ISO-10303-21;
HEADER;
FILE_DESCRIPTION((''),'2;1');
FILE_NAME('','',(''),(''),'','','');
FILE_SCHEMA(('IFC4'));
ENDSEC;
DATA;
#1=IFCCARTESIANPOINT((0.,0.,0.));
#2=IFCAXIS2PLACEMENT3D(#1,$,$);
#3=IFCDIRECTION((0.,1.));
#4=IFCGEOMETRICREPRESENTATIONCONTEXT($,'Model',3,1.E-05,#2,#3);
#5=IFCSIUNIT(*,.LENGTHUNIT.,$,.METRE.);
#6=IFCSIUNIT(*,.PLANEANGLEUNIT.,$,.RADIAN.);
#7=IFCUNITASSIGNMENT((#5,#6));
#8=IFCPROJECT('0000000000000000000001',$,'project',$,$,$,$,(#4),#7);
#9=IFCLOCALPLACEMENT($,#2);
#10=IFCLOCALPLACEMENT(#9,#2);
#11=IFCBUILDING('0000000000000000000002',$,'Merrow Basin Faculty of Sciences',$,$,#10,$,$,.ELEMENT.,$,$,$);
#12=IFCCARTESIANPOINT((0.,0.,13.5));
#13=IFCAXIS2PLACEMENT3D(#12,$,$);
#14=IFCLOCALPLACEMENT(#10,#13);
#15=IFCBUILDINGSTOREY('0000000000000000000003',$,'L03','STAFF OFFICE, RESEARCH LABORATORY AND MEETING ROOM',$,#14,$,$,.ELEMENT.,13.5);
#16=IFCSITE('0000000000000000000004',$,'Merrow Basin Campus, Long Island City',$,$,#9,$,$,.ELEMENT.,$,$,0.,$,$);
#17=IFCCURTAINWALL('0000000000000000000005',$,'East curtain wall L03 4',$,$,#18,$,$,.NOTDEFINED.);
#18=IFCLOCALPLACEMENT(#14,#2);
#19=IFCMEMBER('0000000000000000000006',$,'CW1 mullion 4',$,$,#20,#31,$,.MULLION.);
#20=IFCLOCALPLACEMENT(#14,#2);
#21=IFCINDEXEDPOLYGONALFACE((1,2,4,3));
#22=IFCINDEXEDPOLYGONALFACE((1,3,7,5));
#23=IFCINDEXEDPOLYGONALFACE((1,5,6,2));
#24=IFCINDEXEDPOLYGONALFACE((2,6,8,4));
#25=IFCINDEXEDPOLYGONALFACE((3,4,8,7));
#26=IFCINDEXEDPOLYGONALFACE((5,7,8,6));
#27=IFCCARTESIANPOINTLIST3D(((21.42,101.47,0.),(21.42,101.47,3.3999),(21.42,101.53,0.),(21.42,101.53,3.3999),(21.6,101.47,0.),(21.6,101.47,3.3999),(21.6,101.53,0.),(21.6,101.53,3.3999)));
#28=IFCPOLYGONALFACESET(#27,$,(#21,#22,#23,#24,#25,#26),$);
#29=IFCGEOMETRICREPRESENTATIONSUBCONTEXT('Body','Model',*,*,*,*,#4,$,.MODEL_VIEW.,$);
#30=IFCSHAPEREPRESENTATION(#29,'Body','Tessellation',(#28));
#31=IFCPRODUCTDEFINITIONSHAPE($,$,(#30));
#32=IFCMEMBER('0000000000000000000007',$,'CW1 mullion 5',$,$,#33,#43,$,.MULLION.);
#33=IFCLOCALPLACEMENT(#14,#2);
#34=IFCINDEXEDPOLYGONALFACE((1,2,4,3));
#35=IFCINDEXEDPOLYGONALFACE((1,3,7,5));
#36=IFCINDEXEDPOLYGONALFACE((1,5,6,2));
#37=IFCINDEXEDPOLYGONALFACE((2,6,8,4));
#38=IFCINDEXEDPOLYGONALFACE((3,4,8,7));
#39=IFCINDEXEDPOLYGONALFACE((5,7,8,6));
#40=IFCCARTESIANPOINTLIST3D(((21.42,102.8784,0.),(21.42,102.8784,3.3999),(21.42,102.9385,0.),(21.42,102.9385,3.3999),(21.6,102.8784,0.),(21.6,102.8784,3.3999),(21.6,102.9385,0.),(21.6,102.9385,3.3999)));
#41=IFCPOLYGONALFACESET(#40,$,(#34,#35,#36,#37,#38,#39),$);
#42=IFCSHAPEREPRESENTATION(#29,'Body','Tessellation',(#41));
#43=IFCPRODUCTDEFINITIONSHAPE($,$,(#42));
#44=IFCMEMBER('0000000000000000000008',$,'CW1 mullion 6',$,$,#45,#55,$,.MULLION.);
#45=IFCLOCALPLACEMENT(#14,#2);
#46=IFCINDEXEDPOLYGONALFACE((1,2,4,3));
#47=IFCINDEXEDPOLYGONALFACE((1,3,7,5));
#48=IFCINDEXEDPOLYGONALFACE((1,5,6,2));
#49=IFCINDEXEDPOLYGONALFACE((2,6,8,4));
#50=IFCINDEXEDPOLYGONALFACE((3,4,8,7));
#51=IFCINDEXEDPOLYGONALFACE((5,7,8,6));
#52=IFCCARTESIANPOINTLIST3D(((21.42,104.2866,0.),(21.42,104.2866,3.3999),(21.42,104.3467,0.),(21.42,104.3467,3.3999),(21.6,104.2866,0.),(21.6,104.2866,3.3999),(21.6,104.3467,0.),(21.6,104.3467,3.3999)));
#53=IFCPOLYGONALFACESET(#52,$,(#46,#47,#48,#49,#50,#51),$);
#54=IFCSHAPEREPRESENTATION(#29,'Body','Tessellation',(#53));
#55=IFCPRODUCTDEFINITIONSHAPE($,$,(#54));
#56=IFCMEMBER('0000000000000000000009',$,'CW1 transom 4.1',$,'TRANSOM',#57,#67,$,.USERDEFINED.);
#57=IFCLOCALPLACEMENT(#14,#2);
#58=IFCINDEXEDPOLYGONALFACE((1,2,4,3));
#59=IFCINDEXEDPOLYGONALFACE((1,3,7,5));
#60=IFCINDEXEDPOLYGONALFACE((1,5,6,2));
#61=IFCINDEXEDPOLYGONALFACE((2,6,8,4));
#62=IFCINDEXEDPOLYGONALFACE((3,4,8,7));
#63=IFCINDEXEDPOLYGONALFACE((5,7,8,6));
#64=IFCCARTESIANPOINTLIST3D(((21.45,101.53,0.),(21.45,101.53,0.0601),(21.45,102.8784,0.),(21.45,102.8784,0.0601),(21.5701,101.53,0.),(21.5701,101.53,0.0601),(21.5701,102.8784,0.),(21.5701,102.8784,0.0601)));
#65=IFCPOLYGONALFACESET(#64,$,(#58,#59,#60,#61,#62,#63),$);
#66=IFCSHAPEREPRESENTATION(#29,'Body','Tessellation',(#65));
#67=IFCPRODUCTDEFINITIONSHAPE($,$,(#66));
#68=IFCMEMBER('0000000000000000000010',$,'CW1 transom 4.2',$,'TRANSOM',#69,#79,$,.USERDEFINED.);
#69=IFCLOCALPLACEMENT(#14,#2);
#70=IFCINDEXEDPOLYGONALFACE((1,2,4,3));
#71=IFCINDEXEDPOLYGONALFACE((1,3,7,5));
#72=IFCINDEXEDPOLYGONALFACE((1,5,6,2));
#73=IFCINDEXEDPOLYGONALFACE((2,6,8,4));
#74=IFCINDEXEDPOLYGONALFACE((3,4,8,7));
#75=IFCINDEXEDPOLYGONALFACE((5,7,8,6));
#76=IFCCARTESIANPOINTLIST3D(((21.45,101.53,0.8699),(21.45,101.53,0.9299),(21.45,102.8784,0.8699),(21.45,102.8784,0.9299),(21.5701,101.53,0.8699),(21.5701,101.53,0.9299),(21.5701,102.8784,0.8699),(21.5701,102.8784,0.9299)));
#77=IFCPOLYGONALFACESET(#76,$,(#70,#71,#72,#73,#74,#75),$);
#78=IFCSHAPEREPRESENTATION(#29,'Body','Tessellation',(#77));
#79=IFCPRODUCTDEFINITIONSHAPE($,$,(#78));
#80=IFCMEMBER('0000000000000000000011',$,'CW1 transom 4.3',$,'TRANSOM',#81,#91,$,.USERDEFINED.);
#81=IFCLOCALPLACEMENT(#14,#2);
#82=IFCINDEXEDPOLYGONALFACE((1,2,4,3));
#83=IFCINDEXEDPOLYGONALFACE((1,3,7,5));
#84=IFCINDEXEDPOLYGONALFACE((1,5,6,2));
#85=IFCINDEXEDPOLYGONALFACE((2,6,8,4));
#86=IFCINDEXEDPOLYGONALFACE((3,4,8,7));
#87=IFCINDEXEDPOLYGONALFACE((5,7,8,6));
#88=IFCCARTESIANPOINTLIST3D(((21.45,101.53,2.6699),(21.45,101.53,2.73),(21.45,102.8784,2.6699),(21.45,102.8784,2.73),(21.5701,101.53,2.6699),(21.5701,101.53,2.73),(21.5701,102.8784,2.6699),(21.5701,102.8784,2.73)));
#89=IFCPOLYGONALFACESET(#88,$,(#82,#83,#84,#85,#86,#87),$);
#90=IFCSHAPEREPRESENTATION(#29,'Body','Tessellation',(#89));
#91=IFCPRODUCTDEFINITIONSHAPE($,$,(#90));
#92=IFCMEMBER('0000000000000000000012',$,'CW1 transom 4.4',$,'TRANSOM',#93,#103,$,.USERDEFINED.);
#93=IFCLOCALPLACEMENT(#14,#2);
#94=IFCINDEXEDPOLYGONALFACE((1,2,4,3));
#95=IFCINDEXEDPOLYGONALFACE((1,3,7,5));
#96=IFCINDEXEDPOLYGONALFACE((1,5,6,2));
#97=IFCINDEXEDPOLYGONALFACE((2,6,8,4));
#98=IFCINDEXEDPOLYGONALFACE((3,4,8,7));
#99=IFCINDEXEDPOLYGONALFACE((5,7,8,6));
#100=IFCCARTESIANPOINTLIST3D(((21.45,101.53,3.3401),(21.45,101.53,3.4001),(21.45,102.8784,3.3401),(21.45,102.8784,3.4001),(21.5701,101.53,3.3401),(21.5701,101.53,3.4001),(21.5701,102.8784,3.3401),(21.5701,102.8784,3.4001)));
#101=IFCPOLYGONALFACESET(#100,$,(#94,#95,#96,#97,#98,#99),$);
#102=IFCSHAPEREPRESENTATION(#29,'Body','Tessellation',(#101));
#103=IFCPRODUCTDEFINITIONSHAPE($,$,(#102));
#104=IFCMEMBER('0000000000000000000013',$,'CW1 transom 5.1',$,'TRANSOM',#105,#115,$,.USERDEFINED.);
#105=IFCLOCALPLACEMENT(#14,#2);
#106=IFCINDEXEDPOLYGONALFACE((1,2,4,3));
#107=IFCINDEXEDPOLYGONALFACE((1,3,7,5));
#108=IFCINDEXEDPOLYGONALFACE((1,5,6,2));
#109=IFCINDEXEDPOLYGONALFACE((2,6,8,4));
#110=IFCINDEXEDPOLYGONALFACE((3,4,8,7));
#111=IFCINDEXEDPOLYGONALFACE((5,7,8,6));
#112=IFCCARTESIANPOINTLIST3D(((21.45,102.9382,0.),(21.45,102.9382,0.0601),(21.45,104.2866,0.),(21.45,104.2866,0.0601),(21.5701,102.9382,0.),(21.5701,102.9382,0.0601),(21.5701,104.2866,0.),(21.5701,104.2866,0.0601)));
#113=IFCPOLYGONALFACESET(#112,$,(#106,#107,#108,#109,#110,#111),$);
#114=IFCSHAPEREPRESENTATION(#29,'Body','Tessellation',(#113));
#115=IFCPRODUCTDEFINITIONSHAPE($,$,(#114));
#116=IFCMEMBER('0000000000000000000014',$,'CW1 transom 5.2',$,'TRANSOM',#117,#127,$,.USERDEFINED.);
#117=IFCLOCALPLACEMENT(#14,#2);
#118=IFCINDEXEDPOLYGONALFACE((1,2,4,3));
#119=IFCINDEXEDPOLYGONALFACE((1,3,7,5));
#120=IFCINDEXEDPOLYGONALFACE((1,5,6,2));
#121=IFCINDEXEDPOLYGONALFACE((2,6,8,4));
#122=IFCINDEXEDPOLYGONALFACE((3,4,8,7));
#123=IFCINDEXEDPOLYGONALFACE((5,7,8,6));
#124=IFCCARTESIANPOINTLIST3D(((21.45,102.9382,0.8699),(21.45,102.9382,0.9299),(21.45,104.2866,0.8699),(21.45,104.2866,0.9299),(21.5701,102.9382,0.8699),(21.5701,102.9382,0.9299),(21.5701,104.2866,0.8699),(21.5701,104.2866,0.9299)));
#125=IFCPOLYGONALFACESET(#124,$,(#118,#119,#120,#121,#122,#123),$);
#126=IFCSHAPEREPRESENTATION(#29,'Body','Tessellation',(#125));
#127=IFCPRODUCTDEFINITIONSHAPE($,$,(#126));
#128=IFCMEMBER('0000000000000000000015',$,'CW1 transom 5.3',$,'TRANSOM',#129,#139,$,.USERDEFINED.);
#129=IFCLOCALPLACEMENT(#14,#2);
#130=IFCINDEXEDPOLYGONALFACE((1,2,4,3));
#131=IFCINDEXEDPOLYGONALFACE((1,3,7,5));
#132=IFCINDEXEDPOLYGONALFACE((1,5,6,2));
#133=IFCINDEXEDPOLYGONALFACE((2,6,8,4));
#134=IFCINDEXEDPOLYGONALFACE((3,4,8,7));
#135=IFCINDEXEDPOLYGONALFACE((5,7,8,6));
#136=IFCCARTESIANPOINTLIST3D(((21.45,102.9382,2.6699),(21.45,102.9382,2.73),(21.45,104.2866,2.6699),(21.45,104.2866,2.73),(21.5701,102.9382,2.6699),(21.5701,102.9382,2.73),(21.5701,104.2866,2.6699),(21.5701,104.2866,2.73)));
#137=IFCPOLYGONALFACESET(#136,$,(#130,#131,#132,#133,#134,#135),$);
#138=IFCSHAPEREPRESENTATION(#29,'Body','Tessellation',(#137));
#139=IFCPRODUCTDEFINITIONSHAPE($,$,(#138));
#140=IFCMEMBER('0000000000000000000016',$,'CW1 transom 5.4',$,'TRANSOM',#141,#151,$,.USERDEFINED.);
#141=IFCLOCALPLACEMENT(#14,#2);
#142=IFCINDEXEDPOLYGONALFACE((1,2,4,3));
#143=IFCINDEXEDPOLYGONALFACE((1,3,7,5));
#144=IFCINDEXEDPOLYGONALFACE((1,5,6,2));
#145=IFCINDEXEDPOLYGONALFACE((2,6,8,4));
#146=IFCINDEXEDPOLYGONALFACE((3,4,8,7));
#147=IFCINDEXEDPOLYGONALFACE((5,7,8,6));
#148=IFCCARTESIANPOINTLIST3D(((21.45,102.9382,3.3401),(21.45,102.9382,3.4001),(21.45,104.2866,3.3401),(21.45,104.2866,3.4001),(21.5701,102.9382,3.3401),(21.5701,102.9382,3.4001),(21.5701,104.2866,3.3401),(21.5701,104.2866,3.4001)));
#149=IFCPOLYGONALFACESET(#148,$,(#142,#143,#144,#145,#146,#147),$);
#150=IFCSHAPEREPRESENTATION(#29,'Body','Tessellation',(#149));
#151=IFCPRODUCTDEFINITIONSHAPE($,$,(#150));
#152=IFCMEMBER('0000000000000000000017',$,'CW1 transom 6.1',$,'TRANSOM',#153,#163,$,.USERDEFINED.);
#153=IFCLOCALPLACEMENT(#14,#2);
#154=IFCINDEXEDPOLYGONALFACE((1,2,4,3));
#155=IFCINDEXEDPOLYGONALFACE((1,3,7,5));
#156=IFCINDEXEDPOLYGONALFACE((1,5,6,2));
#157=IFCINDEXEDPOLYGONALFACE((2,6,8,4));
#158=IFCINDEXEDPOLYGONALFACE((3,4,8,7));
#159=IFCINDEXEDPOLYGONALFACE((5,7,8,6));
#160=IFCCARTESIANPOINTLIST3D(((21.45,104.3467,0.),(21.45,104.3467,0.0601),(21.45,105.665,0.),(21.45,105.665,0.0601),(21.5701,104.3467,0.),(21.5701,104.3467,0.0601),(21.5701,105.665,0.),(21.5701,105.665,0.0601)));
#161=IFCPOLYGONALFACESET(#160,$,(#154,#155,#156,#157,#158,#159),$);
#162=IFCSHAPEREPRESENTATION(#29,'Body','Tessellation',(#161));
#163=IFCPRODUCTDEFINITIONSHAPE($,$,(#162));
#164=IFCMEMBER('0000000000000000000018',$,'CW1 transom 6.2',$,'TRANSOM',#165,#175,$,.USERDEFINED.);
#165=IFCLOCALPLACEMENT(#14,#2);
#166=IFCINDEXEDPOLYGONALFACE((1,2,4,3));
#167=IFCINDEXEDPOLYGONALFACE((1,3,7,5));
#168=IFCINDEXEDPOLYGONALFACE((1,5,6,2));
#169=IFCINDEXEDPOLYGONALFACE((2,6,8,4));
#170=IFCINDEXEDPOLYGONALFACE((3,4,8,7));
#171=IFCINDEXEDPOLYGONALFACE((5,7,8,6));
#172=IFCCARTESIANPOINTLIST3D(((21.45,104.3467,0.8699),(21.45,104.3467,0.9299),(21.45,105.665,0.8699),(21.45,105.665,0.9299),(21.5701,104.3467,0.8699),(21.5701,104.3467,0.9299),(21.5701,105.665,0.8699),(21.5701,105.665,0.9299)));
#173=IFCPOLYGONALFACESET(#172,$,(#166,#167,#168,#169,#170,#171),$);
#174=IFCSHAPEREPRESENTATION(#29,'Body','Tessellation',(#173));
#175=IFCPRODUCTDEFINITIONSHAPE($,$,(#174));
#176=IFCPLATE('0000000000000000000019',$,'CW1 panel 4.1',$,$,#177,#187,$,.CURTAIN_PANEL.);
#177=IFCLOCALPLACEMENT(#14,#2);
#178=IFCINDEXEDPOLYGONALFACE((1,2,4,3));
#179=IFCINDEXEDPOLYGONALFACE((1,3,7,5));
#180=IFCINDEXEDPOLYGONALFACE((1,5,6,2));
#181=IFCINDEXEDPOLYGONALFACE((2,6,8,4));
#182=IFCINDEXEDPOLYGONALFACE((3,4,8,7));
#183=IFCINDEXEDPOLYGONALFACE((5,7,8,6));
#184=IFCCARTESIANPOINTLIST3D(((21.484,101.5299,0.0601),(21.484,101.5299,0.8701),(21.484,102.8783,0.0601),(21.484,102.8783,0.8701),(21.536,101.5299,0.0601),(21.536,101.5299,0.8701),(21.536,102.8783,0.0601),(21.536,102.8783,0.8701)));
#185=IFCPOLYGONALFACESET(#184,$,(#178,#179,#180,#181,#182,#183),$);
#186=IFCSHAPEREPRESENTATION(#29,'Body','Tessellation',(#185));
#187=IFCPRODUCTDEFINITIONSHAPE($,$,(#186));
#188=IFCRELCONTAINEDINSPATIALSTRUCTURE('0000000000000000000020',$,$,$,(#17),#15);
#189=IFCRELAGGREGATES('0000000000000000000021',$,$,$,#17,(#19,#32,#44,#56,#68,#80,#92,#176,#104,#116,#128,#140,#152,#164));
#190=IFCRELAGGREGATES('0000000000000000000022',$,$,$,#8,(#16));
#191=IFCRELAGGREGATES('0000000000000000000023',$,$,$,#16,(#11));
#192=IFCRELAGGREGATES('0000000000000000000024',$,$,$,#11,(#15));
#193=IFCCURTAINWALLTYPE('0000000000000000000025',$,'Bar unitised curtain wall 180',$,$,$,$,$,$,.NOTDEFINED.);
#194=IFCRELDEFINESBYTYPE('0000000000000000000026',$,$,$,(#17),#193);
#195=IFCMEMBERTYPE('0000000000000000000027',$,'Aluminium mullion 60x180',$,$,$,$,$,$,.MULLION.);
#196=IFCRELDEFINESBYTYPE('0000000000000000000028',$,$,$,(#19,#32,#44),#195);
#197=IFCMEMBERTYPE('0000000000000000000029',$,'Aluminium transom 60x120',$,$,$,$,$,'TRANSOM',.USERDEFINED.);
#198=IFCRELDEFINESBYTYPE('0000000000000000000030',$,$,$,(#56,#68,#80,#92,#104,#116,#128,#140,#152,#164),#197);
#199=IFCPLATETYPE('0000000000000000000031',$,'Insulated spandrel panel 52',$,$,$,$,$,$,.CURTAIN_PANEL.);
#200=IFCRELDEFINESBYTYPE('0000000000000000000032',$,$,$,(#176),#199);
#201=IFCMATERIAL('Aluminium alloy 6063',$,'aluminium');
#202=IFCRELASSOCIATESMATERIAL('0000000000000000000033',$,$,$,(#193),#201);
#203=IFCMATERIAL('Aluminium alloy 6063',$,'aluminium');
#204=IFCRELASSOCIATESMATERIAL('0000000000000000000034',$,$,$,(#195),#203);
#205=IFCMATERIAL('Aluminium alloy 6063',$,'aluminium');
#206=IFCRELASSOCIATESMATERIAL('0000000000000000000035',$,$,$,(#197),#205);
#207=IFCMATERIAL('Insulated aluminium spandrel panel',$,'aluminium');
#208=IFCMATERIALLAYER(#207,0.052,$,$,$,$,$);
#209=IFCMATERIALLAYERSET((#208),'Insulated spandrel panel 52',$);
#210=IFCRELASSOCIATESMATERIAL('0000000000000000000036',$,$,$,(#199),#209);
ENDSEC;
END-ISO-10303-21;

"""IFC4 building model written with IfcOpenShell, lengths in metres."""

from ifc_helpers import new_model, si_unit, direction, frame, origin, origin_2d, place, context, subcontext, project, spatial, rectangle, extrude, material, layer, layer_set, material_profile, profile_set, type_object, element, aggregate, save


model = new_model("IFC4")

# Units and contexts
model_context = context("Model", 3, precision=1e-05, world=origin(), true_north=direction((0.0, 1.0)))
body_context = subcontext(model_context, "Body", "Model", "MODEL_VIEW")
ifc_project = project(units=[si_unit("LENGTHUNIT", "METRE"), si_unit("PLANEANGLEUNIT", "RADIAN")], contexts=[model_context])

# Site, building, storey
site_placement = place(None, origin())
site = spatial("IfcSite", under=ifc_project, at=site_placement, Name="Merrow Basin Campus, Long Island City", CompositionType="ELEMENT", RefElevation=0.0)
building_placement = place(site_placement, origin())
building = spatial("IfcBuilding", under=site, at=building_placement, Name="Merrow Basin Faculty of Sciences", CompositionType="ELEMENT")
storey_placement = place(building_placement, frame((0.0, 0.0, 13.5)))
storey = spatial("IfcBuildingStorey", under=building, at=storey_placement, Name="L03", Description="STAFF OFFICE, RESEARCH LABORATORY AND MEETING ROOM", CompositionType="ELEMENT", Elevation=13.5)

# Curtain wall, members, plate
ifc_material_1 = material(Name="Aluminium alloy 6063", Category="aluminium")
curtain_wall_type = type_object("IfcCurtainWallType", Name="Bar unitised curtain wall 180", PredefinedType="NOTDEFINED", material=ifc_material_1)
curtain_wall_placement = place(storey_placement, origin())
curtain_wall = element("IfcCurtainWall", 1, at=curtain_wall_placement, inside=storey, type_object=curtain_wall_type, Name="East curtain wall L03 4", PredefinedType="NOTDEFINED")
ifc_material_2 = material(Name="Aluminium alloy 6063", Category="aluminium")
ifc_material_profile_1 = material_profile(ifc_material_2, rectangle(XDim=0.1799, YDim=0.0601, at=origin_2d()))
ifc_profile_set_1 = profile_set([ifc_material_profile_1], Name="Aluminium alloy 6063")
member_type_1 = type_object("IfcMemberType", Name="Aluminium mullion 60x180", PredefinedType="MULLION", material=ifc_profile_set_1)
member_1_placement = place(storey_placement, frame((21.51, 101.5, 0.0), z_axis=(0.0, 0.0, 1.0), x_axis=(-1.0, 0.0, 0.0)))
member_1 = element("IfcMember", 2, at=member_1_placement, type_object=member_type_1, Name="CW1 mullion 4", PredefinedType="MULLION", context=body_context, shape_type="SweptSolid", body=[
    extrude(rectangle(XDim=0.1799, YDim=0.0601, at=origin_2d()), origin(), (0.0, 0.0, 1.0), 3.3999),
])
member_2_placement = place(storey_placement, frame((21.51, 102.9084, 0.0), z_axis=(0.0, 0.0, 1.0), x_axis=(-1.0, 0.0, 0.0)))
member_2 = element("IfcMember", 3, at=member_2_placement, type_object=member_type_1, Name="CW1 mullion 5", PredefinedType="MULLION", context=body_context, shape_type="SweptSolid", body=[
    extrude(rectangle(XDim=0.1799, YDim=0.0601, at=origin_2d()), origin(), (0.0, 0.0, 1.0), 3.3999),
])
member_3_placement = place(storey_placement, frame((21.51, 104.3167, 0.0), z_axis=(0.0, 0.0, 1.0), x_axis=(-1.0, 0.0, 0.0)))
member_3 = element("IfcMember", 4, at=member_3_placement, type_object=member_type_1, Name="CW1 mullion 6", PredefinedType="MULLION", context=body_context, shape_type="SweptSolid", body=[
    extrude(rectangle(XDim=0.1799, YDim=0.0601, at=origin_2d()), origin(), (0.0, 0.0, 1.0), 3.3999),
])
ifc_material_3 = material(Name="Aluminium alloy 6063", Category="aluminium")
ifc_material_profile_2 = material_profile(ifc_material_3, rectangle(XDim=0.1201, YDim=0.0601, at=origin_2d()))
ifc_profile_set_2 = profile_set([ifc_material_profile_2], Name="Aluminium alloy 6063")
member_type_2 = type_object("IfcMemberType", Name="Aluminium transom 60x120", ElementType="TRANSOM", PredefinedType="USERDEFINED", material=ifc_profile_set_2)
member_4_placement = place(storey_placement, frame((21.51, 101.53, 0.03), z_axis=(0.0, 1.0, 0.0), x_axis=(-1.0, 0.0, 0.0)))
member_4 = element("IfcMember", 5, at=member_4_placement, type_object=member_type_2, Name="CW1 transom 4.1", ObjectType="TRANSOM", PredefinedType="USERDEFINED", context=body_context, shape_type="SweptSolid", body=[
    extrude(rectangle(XDim=0.1201, YDim=0.0601, at=origin_2d()), origin(), (0.0, 0.0, 1.0), 1.3484),
])
member_5_placement = place(storey_placement, frame((21.51, 101.53, 0.8999), z_axis=(0.0, 1.0, 0.0), x_axis=(-1.0, 0.0, 0.0)))
member_5 = element("IfcMember", 6, at=member_5_placement, type_object=member_type_2, Name="CW1 transom 4.2", ObjectType="TRANSOM", PredefinedType="USERDEFINED", context=body_context, shape_type="SweptSolid", body=[
    extrude(rectangle(XDim=0.1201, YDim=0.0601, at=origin_2d()), origin(), (0.0, 0.0, 1.0), 1.3484),
])
member_6_placement = place(storey_placement, frame((21.51, 101.53, 2.7), z_axis=(0.0, 1.0, 0.0), x_axis=(-1.0, 0.0, 0.0)))
member_6 = element("IfcMember", 7, at=member_6_placement, type_object=member_type_2, Name="CW1 transom 4.3", ObjectType="TRANSOM", PredefinedType="USERDEFINED", context=body_context, shape_type="SweptSolid", body=[
    extrude(rectangle(XDim=0.1201, YDim=0.0601, at=origin_2d()), origin(), (0.0, 0.0, 1.0), 1.3484),
])
member_7_placement = place(storey_placement, frame((21.51, 101.53, 3.3701), z_axis=(0.0, 1.0, 0.0), x_axis=(-1.0, 0.0, 0.0)))
member_7 = element("IfcMember", 8, at=member_7_placement, type_object=member_type_2, Name="CW1 transom 4.4", ObjectType="TRANSOM", PredefinedType="USERDEFINED", context=body_context, shape_type="SweptSolid", body=[
    extrude(rectangle(XDim=0.1201, YDim=0.0601, at=origin_2d()), origin(), (0.0, 0.0, 1.0), 1.3484),
])
member_8_placement = place(storey_placement, frame((21.51, 102.9382, 0.03), z_axis=(0.0, 1.0, 0.0), x_axis=(-1.0, 0.0, 0.0)))
member_8 = element("IfcMember", 9, at=member_8_placement, type_object=member_type_2, Name="CW1 transom 5.1", ObjectType="TRANSOM", PredefinedType="USERDEFINED", context=body_context, shape_type="SweptSolid", body=[
    extrude(rectangle(XDim=0.1201, YDim=0.0601, at=origin_2d()), origin(), (0.0, 0.0, 1.0), 1.3484),
])
member_9_placement = place(storey_placement, frame((21.51, 102.9382, 0.8999), z_axis=(0.0, 1.0, 0.0), x_axis=(-1.0, 0.0, 0.0)))
member_9 = element("IfcMember", 10, at=member_9_placement, type_object=member_type_2, Name="CW1 transom 5.2", ObjectType="TRANSOM", PredefinedType="USERDEFINED", context=body_context, shape_type="SweptSolid", body=[
    extrude(rectangle(XDim=0.1201, YDim=0.0601, at=origin_2d()), origin(), (0.0, 0.0, 1.0), 1.3484),
])
member_10_placement = place(storey_placement, frame((21.51, 102.9382, 2.7), z_axis=(0.0, 1.0, 0.0), x_axis=(-1.0, 0.0, 0.0)))
member_10 = element("IfcMember", 11, at=member_10_placement, type_object=member_type_2, Name="CW1 transom 5.3", ObjectType="TRANSOM", PredefinedType="USERDEFINED", context=body_context, shape_type="SweptSolid", body=[
    extrude(rectangle(XDim=0.1201, YDim=0.0601, at=origin_2d()), origin(), (0.0, 0.0, 1.0), 1.3484),
])
member_11_placement = place(storey_placement, frame((21.51, 102.9382, 3.3701), z_axis=(0.0, 1.0, 0.0), x_axis=(-1.0, 0.0, 0.0)))
member_11 = element("IfcMember", 12, at=member_11_placement, type_object=member_type_2, Name="CW1 transom 5.4", ObjectType="TRANSOM", PredefinedType="USERDEFINED", context=body_context, shape_type="SweptSolid", body=[
    extrude(rectangle(XDim=0.1201, YDim=0.0601, at=origin_2d()), origin(), (0.0, 0.0, 1.0), 1.3484),
])
member_12_placement = place(storey_placement, frame((21.51, 104.3467, 0.03), z_axis=(0.0, 1.0, 0.0), x_axis=(-1.0, 0.0, 0.0)))
member_12 = element("IfcMember", 13, at=member_12_placement, type_object=member_type_2, Name="CW1 transom 6.1", ObjectType="TRANSOM", PredefinedType="USERDEFINED", context=body_context, shape_type="SweptSolid", body=[
    extrude(rectangle(XDim=0.1201, YDim=0.0601, at=origin_2d()), origin(), (0.0, 0.0, 1.0), 1.3184),
])
member_13_placement = place(storey_placement, frame((21.51, 104.3467, 0.8999), z_axis=(0.0, 1.0, 0.0), x_axis=(-1.0, 0.0, 0.0)))
member_13 = element("IfcMember", 14, at=member_13_placement, type_object=member_type_2, Name="CW1 transom 6.2", ObjectType="TRANSOM", PredefinedType="USERDEFINED", context=body_context, shape_type="SweptSolid", body=[
    extrude(rectangle(XDim=0.1201, YDim=0.0601, at=origin_2d()), origin(), (0.0, 0.0, 1.0), 1.3184),
])
ifc_material_4 = material(Name="Insulated aluminium spandrel panel", Category="aluminium")
ifc_layer_1 = layer(ifc_material_4, 0.052)
ifc_layer_set_1 = layer_set([ifc_layer_1], Name="Insulated spandrel panel 52")
plate_type_1 = type_object("IfcPlateType", Name="Insulated spandrel panel 52", PredefinedType="CURTAIN_PANEL", material=ifc_layer_set_1)
plate_1_placement = place(storey_placement, frame((21.51, 102.2041, 0.0601), z_axis=(0.0, 0.0, 1.0), x_axis=(0.0, 1.0, 0.0)))
plate_1 = element("IfcPlate", 15, at=plate_1_placement, type_object=plate_type_1, Name="CW1 panel 4.1", PredefinedType="CURTAIN_PANEL", context=body_context, shape_type="SweptSolid", body=[
    extrude(rectangle(XDim=1.3484, YDim=0.052, at=origin_2d()), origin(), (0.0, 0.0, 1.0), 0.8101),
])
aggregate(curtain_wall, [member_1, member_2, member_3, member_4, member_5, member_6, member_7, plate_1, member_8, member_9, member_10, member_11, member_12, member_13])

save(model, "model.ifc")
